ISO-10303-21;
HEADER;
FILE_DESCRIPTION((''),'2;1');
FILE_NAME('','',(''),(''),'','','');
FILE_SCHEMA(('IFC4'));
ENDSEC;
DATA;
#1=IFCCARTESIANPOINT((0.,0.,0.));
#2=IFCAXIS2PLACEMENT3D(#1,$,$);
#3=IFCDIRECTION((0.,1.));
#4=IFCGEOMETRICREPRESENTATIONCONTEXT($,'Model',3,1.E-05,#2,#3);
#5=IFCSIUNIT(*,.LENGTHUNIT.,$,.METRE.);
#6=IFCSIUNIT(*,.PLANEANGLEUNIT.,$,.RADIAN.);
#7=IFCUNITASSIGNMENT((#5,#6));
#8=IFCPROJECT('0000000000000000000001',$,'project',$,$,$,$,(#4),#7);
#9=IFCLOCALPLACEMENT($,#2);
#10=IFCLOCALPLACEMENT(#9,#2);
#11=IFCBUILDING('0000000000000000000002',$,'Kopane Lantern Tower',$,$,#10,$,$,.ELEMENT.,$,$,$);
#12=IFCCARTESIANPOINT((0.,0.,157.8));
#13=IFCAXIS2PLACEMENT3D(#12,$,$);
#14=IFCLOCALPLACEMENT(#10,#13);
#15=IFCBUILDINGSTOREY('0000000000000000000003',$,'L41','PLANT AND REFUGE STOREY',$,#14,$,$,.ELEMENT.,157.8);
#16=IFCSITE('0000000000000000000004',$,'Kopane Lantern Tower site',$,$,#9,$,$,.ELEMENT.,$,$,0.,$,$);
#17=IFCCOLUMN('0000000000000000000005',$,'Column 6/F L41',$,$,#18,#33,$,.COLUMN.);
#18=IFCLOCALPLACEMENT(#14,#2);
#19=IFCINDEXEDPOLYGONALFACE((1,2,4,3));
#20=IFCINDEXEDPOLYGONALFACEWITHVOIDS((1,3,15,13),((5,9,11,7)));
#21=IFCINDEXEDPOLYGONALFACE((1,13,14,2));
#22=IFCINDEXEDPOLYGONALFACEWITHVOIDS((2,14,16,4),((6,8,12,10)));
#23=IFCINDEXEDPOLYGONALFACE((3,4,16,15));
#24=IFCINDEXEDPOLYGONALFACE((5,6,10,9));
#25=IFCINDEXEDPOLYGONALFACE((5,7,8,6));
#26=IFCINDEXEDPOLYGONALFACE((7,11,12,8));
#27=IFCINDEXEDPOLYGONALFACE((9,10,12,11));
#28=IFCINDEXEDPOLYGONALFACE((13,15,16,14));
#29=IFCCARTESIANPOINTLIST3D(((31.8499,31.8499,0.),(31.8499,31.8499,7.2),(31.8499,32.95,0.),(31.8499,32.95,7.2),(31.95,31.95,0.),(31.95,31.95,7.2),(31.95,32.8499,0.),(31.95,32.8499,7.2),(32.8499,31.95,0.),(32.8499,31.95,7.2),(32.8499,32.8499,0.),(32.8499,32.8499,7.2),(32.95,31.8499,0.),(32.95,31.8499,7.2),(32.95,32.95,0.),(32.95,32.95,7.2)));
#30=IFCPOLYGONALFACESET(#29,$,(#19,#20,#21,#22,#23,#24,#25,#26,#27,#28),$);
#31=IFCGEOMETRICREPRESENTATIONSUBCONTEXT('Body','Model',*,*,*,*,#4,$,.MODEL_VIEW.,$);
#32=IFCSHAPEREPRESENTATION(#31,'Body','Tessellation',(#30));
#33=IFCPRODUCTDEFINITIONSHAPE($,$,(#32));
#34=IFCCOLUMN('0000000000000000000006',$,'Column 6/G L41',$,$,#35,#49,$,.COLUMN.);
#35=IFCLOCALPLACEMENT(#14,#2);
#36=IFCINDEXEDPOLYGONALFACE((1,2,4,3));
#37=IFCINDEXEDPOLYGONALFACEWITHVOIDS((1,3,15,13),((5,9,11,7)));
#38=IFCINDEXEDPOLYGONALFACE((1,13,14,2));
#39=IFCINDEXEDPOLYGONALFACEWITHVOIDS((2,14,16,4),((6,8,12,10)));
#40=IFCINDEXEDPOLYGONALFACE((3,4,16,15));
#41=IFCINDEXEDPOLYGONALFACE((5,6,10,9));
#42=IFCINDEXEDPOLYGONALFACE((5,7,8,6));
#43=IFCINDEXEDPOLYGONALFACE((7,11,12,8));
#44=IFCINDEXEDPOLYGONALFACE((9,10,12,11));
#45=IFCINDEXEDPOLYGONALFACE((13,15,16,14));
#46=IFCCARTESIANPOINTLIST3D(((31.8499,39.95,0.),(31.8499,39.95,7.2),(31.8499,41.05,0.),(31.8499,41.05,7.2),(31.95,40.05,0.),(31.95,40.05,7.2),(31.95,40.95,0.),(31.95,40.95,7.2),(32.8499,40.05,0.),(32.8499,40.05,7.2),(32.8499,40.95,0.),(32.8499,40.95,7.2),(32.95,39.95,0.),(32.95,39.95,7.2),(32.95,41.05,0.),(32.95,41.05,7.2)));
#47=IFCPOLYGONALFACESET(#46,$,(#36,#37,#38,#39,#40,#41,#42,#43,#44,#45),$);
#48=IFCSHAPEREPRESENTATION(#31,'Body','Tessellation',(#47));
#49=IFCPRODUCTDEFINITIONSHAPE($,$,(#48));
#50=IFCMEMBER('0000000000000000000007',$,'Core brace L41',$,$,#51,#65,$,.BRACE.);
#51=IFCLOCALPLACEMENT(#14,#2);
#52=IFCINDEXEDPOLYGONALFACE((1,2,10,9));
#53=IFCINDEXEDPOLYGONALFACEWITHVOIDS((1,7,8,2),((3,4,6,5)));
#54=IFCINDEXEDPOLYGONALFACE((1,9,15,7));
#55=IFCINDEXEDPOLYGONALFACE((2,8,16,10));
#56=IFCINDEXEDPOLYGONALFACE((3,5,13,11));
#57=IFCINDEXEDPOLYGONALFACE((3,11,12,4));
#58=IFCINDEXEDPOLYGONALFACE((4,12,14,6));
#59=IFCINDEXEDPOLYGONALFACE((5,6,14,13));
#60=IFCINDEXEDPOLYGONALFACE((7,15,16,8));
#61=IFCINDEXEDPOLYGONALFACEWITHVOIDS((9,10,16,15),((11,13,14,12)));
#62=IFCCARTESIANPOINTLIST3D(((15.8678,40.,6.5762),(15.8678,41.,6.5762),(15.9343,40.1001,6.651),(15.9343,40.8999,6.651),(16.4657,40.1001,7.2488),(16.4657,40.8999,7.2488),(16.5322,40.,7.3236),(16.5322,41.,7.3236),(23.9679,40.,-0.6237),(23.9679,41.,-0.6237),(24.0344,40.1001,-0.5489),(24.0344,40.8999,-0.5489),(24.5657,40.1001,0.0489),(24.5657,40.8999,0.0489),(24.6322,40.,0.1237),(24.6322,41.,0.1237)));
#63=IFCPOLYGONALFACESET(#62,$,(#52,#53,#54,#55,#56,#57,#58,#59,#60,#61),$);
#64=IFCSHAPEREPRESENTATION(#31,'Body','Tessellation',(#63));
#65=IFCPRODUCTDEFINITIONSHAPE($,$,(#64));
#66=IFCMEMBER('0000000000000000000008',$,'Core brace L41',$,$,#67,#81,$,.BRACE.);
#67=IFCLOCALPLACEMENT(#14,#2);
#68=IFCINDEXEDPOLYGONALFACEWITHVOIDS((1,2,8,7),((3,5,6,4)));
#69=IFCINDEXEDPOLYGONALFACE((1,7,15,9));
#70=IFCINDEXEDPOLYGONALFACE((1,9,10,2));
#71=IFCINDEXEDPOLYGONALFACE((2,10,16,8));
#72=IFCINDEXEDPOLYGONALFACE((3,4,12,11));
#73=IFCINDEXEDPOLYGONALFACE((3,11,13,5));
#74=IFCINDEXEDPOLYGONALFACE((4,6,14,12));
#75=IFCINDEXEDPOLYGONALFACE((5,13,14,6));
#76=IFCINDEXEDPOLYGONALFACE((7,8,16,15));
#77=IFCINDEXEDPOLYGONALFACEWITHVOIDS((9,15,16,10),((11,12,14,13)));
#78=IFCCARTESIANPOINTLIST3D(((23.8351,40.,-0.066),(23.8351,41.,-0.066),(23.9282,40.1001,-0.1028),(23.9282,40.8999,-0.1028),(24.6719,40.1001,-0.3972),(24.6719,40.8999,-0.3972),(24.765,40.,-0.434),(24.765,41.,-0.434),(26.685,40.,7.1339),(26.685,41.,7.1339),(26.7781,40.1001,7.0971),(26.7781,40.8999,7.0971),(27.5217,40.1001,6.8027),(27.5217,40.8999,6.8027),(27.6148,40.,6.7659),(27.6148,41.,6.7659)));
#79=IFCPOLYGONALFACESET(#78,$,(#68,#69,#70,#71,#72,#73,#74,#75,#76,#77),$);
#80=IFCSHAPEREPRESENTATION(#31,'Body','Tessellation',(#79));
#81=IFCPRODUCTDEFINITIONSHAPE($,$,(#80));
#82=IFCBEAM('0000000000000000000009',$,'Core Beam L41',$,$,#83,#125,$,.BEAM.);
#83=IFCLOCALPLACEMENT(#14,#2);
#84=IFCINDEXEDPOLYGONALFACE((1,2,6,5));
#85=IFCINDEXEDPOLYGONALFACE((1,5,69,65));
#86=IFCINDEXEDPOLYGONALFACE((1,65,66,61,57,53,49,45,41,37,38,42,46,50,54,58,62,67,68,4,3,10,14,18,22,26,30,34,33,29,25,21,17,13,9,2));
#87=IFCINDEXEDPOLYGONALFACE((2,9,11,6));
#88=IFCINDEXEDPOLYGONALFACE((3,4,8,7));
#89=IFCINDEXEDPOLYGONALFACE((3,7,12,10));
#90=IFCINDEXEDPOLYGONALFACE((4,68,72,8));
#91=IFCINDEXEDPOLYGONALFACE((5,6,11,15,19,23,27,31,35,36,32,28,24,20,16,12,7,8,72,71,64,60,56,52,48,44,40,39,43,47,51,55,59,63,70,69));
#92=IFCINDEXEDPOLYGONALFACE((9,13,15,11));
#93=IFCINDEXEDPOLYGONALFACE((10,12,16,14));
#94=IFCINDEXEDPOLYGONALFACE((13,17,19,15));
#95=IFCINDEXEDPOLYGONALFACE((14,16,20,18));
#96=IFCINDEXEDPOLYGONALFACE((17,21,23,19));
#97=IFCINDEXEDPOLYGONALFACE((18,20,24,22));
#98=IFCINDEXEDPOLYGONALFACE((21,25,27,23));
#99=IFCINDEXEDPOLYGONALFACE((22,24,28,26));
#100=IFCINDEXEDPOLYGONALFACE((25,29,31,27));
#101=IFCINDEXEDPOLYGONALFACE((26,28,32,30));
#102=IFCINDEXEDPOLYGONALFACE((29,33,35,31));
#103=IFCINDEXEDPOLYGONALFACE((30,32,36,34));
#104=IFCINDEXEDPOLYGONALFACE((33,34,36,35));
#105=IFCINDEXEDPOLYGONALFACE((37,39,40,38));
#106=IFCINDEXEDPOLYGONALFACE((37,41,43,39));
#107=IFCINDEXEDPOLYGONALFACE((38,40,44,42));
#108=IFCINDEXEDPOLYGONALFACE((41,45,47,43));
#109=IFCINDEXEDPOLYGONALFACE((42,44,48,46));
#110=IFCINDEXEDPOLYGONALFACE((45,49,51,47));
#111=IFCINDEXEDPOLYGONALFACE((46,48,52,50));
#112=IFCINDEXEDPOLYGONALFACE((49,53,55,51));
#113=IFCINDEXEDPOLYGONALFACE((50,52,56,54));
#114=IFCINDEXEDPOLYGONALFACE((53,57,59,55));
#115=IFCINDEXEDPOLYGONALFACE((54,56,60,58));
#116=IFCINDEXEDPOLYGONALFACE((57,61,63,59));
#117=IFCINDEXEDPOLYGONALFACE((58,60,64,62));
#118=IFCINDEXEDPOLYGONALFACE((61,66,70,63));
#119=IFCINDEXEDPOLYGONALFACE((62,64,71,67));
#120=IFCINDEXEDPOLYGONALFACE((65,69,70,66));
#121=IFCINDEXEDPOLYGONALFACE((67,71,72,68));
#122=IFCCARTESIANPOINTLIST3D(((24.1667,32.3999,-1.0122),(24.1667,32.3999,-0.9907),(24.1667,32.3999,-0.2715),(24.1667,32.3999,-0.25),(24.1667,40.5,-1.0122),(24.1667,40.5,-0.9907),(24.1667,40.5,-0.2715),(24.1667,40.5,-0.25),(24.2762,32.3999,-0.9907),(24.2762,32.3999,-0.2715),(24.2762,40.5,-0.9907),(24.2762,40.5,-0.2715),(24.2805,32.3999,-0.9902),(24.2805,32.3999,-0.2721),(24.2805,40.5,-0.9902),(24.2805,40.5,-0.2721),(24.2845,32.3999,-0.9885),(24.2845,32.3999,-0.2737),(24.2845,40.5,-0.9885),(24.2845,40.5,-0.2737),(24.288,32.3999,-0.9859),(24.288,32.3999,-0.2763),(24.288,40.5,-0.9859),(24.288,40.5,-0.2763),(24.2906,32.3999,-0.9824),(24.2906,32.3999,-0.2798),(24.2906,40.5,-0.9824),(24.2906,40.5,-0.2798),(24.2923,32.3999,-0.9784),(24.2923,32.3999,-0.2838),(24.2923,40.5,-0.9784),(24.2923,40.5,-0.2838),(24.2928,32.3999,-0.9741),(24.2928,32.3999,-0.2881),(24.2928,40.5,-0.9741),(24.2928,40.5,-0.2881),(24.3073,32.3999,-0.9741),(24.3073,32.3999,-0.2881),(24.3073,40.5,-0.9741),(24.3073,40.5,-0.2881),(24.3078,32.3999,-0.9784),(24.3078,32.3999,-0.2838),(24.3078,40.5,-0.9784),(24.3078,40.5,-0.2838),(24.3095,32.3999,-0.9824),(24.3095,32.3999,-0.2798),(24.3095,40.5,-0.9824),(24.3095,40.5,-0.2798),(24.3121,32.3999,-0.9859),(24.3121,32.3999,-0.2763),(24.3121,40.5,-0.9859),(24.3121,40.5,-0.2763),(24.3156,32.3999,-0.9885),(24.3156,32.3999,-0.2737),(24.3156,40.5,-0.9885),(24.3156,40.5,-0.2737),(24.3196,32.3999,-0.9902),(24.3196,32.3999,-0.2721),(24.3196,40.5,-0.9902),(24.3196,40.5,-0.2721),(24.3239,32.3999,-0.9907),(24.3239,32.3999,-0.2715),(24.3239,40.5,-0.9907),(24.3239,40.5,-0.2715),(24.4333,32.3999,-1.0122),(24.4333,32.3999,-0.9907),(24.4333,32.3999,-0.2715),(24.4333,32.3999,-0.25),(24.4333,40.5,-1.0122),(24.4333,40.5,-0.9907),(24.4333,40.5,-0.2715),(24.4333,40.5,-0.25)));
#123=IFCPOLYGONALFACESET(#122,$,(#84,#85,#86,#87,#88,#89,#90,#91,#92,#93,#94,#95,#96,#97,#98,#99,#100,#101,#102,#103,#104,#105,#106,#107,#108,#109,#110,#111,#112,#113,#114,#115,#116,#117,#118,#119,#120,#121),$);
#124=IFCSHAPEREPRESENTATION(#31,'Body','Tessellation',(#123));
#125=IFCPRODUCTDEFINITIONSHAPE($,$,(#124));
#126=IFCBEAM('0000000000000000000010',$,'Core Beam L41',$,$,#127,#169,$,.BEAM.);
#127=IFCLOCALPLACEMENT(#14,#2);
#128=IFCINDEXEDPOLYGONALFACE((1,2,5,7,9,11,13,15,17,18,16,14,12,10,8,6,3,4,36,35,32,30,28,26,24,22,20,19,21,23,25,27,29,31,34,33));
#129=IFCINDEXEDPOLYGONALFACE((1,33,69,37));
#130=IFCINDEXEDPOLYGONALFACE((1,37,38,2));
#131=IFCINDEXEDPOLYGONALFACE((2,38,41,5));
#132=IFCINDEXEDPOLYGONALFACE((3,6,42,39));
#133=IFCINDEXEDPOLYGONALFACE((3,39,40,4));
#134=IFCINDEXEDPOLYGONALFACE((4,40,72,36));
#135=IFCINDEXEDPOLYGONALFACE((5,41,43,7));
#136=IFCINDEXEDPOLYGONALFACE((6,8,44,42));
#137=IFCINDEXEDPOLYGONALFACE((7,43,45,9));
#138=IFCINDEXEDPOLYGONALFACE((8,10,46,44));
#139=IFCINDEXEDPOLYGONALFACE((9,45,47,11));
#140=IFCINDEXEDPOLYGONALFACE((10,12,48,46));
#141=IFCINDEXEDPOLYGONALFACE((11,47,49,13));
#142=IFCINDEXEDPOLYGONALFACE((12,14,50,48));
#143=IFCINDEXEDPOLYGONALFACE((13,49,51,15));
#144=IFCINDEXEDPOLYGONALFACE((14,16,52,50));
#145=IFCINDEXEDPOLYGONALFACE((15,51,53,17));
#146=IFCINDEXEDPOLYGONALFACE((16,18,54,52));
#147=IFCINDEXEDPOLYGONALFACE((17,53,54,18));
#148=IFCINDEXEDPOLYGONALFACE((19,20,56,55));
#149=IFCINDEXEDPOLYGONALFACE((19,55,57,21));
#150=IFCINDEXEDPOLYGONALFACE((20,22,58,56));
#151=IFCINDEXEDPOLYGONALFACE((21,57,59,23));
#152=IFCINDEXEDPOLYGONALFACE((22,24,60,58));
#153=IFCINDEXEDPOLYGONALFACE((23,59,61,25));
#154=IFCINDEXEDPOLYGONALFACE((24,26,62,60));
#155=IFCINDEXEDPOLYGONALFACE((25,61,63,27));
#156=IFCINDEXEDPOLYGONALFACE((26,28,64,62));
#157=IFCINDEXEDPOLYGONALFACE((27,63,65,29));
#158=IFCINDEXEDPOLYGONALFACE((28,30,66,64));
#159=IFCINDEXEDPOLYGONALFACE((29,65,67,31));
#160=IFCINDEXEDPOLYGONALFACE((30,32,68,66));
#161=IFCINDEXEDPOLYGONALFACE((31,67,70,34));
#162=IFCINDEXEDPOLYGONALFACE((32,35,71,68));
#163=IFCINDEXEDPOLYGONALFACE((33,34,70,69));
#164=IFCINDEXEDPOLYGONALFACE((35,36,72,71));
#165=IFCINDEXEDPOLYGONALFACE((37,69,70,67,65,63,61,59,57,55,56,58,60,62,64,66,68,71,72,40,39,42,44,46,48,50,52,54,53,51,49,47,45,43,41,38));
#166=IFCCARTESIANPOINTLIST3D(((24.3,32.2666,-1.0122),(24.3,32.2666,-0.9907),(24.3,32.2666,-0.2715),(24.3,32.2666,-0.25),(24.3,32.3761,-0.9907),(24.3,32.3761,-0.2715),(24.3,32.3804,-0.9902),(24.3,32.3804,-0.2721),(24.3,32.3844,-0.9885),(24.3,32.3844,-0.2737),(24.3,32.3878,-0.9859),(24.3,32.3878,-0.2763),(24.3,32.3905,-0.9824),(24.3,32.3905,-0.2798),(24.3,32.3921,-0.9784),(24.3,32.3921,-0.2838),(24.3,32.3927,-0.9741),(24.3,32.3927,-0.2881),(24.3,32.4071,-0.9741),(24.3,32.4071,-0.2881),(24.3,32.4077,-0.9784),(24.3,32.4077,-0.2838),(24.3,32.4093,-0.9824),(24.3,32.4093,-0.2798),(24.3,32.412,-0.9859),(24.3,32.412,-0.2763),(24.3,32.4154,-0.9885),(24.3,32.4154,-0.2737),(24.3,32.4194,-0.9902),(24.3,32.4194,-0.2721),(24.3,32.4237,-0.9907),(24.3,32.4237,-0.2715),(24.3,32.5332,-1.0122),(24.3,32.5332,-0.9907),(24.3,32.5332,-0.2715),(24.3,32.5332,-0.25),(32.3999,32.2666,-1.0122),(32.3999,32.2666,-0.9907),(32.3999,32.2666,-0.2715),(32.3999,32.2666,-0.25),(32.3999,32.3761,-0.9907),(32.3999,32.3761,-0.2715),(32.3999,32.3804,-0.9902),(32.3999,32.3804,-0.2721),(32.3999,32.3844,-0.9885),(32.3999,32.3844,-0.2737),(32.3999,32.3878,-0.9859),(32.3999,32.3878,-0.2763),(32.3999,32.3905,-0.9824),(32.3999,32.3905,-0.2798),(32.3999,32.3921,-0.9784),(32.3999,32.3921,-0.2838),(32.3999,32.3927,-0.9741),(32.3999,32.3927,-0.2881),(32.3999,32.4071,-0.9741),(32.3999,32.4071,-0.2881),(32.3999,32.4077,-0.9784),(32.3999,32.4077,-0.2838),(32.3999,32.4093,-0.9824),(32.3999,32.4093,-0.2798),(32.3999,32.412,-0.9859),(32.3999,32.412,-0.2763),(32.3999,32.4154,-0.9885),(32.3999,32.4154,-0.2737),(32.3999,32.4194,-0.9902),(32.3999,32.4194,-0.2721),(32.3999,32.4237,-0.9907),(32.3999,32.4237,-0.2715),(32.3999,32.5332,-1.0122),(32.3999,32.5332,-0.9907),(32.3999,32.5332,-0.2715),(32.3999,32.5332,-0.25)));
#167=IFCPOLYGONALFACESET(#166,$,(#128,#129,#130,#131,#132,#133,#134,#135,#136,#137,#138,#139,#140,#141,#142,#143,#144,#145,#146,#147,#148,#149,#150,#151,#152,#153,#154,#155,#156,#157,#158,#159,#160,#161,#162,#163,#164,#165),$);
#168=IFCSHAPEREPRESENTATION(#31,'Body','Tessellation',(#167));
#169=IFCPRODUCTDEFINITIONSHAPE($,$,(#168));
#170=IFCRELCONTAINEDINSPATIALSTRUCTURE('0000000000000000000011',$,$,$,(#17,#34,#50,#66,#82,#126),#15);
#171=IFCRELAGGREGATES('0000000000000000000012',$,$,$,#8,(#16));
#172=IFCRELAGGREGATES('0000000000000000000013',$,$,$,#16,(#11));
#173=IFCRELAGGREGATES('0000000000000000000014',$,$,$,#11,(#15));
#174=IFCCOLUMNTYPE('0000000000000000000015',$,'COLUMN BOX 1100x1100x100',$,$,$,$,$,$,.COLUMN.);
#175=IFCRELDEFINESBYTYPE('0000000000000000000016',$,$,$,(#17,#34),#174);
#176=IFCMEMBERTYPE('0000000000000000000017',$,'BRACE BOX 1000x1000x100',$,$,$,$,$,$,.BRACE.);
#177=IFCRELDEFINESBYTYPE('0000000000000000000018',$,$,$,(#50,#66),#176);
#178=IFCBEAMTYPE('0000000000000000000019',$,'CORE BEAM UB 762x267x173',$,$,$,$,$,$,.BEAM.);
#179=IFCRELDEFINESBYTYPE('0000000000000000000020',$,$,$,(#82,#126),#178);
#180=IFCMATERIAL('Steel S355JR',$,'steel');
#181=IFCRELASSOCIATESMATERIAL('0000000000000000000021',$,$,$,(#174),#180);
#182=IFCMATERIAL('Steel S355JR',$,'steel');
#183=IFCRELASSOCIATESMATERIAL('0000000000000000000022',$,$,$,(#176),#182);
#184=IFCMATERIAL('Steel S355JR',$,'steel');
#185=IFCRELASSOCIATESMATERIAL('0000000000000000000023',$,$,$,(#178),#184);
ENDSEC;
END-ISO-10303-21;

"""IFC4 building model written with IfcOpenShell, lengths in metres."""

from ifc_helpers import new_model, si_unit, direction, frame, origin, origin_2d, place, context, subcontext, project, spatial, hollow_rectangle, i_section, extrude, material, material_profile, profile_set, type_object, element, save


model = new_model("IFC4")

# Units and contexts
model_context = context("Model", 3, precision=1e-05, world=origin(), true_north=direction((0.0, 1.0)))
body_context = subcontext(model_context, "Body", "Model", "MODEL_VIEW")
ifc_project = project(units=[si_unit("LENGTHUNIT", "METRE"), si_unit("PLANEANGLEUNIT", "RADIAN")], contexts=[model_context])

# Site, building, storey
site_placement = place(None, origin())
site = spatial("IfcSite", under=ifc_project, at=site_placement, Name="Kopane Lantern Tower site", CompositionType="ELEMENT", RefElevation=0.0)
building_placement = place(site_placement, origin())
building = spatial("IfcBuilding", under=site, at=building_placement, Name="Kopane Lantern Tower", CompositionType="ELEMENT")
storey_placement = place(building_placement, frame((0.0, 0.0, 157.8)))
storey = spatial("IfcBuildingStorey", under=building, at=storey_placement, Name="L41", Description="PLANT AND REFUGE STOREY", CompositionType="ELEMENT", Elevation=157.8)

# Columns
ifc_material_1 = material(Name="Steel S355JR", Category="steel")
ifc_material_profile_1 = material_profile(ifc_material_1, hollow_rectangle(XDim=1.1001, YDim=1.1001, WallThickness=0.1001, at=origin_2d()), Name="BOX 1100x1100x100")
ifc_profile_set_1 = profile_set([ifc_material_profile_1], Name="Steel S355JR")
column_type = type_object("IfcColumnType", Name="COLUMN BOX 1100x1100x100", PredefinedType="COLUMN", material=ifc_profile_set_1)
for number, where, z_axis, x_axis, name in (
    (1, (32.3999, 32.3999, 0.0), (0.0, 0.0, 1.0), (1.0, 0.0, 0.0), "Column 6/F L41"),
    (2, (32.3999, 40.5, 0.0), (0.0, 0.0, 1.0), (1.0, 0.0, 0.0), "Column 6/G L41"),
):
    element("IfcColumn", number, at=place(storey_placement, frame(where, z_axis=z_axis, x_axis=x_axis)), inside=storey, type_object=column_type, Name=name, PredefinedType="COLUMN", context=body_context, shape_type="SweptSolid", body=[
        extrude(hollow_rectangle(XDim=1.1001, YDim=1.1001, WallThickness=0.1001, at=origin_2d()), origin(), (0.0, 0.0, 1.0), 7.2),
    ])

# Members
ifc_material_2 = material(Name="Steel S355JR", Category="steel")
ifc_material_profile_2 = material_profile(ifc_material_2, hollow_rectangle(XDim=1.0, YDim=1.0, WallThickness=0.1001, at=origin_2d()), Name="BOX 1000x1000x100")
ifc_profile_set_2 = profile_set([ifc_material_profile_2], Name="Steel S355JR")
member_type_1 = type_object("IfcMemberType", Name="BRACE BOX 1000x1000x100", PredefinedType="BRACE", material=ifc_profile_set_2)
member_1_placement = place(storey_placement, frame((24.3, 40.5, -0.25), z_axis=(-0.747416, 0.0, 0.664357), x_axis=(0.0, -1.0, 0.0)))
element("IfcMember", 3, at=member_1_placement, inside=storey, type_object=member_type_1, Name="Core brace L41", PredefinedType="BRACE", context=body_context, shape_type="SweptSolid", body=[
    extrude(hollow_rectangle(XDim=1.0, YDim=1.0, WallThickness=0.1001, at=origin_2d()), origin(), (0.0, 0.0, 1.0), 10.8374),
])
member_2_placement = place(storey_placement, frame((24.3, 40.5, -0.25), z_axis=(0.368034, 0.0, 0.929812), x_axis=(0.0, 1.0, 0.0)))
element("IfcMember", 4, at=member_2_placement, inside=storey, type_object=member_type_1, Name="Core brace L41", PredefinedType="BRACE", context=body_context, shape_type="SweptSolid", body=[
    extrude(hollow_rectangle(XDim=1.0, YDim=1.0, WallThickness=0.1001, at=origin_2d()), origin(), (0.0, 0.0, 1.0), 7.7434),
])

# Beams
ifc_material_3 = material(Name="Steel S355JR", Category="steel")
ifc_material_profile_3 = material_profile(ifc_material_3, i_section(OverallWidth=0.2666, OverallDepth=0.7622, WebThickness=0.0144, FlangeThickness=0.0215, FilletRadius=0.0166, at=origin_2d()), Name="UB 762x267x173")
ifc_profile_set_3 = profile_set([ifc_material_profile_3], Name="Steel S355JR")
beam_type_1 = type_object("IfcBeamType", Name="CORE BEAM UB 762x267x173", PredefinedType="BEAM", material=ifc_profile_set_3)
beam_1_placement = place(storey_placement, frame((24.3, 32.3999, -0.6311), z_axis=(0.0, 1.0, 0.0), x_axis=(-1.0, 0.0, 0.0)))
element("IfcBeam", 5, at=beam_1_placement, inside=storey, type_object=beam_type_1, Name="Core Beam L41", PredefinedType="BEAM", context=body_context, shape_type="SweptSolid", body=[
    extrude(i_section(OverallWidth=0.2666, OverallDepth=0.7622, WebThickness=0.0144, FlangeThickness=0.0215, FilletRadius=0.0166, at=origin_2d()), origin(), (0.0, 0.0, 1.0), 8.1001),
])
beam_2_placement = place(storey_placement, frame((24.3, 32.3999, -0.6311), z_axis=(1.0, 0.0, 0.0), x_axis=(0.0, 1.0, 0.0)))
element("IfcBeam", 6, at=beam_2_placement, inside=storey, type_object=beam_type_1, Name="Core Beam L41", PredefinedType="BEAM", context=body_context, shape_type="SweptSolid", body=[
    extrude(i_section(OverallWidth=0.2666, OverallDepth=0.7622, WebThickness=0.0144, FlangeThickness=0.0215, FilletRadius=0.0166, at=origin_2d()), origin(), (0.0, 0.0, 1.0), 8.0999),
])

save(model, "model.ifc")
